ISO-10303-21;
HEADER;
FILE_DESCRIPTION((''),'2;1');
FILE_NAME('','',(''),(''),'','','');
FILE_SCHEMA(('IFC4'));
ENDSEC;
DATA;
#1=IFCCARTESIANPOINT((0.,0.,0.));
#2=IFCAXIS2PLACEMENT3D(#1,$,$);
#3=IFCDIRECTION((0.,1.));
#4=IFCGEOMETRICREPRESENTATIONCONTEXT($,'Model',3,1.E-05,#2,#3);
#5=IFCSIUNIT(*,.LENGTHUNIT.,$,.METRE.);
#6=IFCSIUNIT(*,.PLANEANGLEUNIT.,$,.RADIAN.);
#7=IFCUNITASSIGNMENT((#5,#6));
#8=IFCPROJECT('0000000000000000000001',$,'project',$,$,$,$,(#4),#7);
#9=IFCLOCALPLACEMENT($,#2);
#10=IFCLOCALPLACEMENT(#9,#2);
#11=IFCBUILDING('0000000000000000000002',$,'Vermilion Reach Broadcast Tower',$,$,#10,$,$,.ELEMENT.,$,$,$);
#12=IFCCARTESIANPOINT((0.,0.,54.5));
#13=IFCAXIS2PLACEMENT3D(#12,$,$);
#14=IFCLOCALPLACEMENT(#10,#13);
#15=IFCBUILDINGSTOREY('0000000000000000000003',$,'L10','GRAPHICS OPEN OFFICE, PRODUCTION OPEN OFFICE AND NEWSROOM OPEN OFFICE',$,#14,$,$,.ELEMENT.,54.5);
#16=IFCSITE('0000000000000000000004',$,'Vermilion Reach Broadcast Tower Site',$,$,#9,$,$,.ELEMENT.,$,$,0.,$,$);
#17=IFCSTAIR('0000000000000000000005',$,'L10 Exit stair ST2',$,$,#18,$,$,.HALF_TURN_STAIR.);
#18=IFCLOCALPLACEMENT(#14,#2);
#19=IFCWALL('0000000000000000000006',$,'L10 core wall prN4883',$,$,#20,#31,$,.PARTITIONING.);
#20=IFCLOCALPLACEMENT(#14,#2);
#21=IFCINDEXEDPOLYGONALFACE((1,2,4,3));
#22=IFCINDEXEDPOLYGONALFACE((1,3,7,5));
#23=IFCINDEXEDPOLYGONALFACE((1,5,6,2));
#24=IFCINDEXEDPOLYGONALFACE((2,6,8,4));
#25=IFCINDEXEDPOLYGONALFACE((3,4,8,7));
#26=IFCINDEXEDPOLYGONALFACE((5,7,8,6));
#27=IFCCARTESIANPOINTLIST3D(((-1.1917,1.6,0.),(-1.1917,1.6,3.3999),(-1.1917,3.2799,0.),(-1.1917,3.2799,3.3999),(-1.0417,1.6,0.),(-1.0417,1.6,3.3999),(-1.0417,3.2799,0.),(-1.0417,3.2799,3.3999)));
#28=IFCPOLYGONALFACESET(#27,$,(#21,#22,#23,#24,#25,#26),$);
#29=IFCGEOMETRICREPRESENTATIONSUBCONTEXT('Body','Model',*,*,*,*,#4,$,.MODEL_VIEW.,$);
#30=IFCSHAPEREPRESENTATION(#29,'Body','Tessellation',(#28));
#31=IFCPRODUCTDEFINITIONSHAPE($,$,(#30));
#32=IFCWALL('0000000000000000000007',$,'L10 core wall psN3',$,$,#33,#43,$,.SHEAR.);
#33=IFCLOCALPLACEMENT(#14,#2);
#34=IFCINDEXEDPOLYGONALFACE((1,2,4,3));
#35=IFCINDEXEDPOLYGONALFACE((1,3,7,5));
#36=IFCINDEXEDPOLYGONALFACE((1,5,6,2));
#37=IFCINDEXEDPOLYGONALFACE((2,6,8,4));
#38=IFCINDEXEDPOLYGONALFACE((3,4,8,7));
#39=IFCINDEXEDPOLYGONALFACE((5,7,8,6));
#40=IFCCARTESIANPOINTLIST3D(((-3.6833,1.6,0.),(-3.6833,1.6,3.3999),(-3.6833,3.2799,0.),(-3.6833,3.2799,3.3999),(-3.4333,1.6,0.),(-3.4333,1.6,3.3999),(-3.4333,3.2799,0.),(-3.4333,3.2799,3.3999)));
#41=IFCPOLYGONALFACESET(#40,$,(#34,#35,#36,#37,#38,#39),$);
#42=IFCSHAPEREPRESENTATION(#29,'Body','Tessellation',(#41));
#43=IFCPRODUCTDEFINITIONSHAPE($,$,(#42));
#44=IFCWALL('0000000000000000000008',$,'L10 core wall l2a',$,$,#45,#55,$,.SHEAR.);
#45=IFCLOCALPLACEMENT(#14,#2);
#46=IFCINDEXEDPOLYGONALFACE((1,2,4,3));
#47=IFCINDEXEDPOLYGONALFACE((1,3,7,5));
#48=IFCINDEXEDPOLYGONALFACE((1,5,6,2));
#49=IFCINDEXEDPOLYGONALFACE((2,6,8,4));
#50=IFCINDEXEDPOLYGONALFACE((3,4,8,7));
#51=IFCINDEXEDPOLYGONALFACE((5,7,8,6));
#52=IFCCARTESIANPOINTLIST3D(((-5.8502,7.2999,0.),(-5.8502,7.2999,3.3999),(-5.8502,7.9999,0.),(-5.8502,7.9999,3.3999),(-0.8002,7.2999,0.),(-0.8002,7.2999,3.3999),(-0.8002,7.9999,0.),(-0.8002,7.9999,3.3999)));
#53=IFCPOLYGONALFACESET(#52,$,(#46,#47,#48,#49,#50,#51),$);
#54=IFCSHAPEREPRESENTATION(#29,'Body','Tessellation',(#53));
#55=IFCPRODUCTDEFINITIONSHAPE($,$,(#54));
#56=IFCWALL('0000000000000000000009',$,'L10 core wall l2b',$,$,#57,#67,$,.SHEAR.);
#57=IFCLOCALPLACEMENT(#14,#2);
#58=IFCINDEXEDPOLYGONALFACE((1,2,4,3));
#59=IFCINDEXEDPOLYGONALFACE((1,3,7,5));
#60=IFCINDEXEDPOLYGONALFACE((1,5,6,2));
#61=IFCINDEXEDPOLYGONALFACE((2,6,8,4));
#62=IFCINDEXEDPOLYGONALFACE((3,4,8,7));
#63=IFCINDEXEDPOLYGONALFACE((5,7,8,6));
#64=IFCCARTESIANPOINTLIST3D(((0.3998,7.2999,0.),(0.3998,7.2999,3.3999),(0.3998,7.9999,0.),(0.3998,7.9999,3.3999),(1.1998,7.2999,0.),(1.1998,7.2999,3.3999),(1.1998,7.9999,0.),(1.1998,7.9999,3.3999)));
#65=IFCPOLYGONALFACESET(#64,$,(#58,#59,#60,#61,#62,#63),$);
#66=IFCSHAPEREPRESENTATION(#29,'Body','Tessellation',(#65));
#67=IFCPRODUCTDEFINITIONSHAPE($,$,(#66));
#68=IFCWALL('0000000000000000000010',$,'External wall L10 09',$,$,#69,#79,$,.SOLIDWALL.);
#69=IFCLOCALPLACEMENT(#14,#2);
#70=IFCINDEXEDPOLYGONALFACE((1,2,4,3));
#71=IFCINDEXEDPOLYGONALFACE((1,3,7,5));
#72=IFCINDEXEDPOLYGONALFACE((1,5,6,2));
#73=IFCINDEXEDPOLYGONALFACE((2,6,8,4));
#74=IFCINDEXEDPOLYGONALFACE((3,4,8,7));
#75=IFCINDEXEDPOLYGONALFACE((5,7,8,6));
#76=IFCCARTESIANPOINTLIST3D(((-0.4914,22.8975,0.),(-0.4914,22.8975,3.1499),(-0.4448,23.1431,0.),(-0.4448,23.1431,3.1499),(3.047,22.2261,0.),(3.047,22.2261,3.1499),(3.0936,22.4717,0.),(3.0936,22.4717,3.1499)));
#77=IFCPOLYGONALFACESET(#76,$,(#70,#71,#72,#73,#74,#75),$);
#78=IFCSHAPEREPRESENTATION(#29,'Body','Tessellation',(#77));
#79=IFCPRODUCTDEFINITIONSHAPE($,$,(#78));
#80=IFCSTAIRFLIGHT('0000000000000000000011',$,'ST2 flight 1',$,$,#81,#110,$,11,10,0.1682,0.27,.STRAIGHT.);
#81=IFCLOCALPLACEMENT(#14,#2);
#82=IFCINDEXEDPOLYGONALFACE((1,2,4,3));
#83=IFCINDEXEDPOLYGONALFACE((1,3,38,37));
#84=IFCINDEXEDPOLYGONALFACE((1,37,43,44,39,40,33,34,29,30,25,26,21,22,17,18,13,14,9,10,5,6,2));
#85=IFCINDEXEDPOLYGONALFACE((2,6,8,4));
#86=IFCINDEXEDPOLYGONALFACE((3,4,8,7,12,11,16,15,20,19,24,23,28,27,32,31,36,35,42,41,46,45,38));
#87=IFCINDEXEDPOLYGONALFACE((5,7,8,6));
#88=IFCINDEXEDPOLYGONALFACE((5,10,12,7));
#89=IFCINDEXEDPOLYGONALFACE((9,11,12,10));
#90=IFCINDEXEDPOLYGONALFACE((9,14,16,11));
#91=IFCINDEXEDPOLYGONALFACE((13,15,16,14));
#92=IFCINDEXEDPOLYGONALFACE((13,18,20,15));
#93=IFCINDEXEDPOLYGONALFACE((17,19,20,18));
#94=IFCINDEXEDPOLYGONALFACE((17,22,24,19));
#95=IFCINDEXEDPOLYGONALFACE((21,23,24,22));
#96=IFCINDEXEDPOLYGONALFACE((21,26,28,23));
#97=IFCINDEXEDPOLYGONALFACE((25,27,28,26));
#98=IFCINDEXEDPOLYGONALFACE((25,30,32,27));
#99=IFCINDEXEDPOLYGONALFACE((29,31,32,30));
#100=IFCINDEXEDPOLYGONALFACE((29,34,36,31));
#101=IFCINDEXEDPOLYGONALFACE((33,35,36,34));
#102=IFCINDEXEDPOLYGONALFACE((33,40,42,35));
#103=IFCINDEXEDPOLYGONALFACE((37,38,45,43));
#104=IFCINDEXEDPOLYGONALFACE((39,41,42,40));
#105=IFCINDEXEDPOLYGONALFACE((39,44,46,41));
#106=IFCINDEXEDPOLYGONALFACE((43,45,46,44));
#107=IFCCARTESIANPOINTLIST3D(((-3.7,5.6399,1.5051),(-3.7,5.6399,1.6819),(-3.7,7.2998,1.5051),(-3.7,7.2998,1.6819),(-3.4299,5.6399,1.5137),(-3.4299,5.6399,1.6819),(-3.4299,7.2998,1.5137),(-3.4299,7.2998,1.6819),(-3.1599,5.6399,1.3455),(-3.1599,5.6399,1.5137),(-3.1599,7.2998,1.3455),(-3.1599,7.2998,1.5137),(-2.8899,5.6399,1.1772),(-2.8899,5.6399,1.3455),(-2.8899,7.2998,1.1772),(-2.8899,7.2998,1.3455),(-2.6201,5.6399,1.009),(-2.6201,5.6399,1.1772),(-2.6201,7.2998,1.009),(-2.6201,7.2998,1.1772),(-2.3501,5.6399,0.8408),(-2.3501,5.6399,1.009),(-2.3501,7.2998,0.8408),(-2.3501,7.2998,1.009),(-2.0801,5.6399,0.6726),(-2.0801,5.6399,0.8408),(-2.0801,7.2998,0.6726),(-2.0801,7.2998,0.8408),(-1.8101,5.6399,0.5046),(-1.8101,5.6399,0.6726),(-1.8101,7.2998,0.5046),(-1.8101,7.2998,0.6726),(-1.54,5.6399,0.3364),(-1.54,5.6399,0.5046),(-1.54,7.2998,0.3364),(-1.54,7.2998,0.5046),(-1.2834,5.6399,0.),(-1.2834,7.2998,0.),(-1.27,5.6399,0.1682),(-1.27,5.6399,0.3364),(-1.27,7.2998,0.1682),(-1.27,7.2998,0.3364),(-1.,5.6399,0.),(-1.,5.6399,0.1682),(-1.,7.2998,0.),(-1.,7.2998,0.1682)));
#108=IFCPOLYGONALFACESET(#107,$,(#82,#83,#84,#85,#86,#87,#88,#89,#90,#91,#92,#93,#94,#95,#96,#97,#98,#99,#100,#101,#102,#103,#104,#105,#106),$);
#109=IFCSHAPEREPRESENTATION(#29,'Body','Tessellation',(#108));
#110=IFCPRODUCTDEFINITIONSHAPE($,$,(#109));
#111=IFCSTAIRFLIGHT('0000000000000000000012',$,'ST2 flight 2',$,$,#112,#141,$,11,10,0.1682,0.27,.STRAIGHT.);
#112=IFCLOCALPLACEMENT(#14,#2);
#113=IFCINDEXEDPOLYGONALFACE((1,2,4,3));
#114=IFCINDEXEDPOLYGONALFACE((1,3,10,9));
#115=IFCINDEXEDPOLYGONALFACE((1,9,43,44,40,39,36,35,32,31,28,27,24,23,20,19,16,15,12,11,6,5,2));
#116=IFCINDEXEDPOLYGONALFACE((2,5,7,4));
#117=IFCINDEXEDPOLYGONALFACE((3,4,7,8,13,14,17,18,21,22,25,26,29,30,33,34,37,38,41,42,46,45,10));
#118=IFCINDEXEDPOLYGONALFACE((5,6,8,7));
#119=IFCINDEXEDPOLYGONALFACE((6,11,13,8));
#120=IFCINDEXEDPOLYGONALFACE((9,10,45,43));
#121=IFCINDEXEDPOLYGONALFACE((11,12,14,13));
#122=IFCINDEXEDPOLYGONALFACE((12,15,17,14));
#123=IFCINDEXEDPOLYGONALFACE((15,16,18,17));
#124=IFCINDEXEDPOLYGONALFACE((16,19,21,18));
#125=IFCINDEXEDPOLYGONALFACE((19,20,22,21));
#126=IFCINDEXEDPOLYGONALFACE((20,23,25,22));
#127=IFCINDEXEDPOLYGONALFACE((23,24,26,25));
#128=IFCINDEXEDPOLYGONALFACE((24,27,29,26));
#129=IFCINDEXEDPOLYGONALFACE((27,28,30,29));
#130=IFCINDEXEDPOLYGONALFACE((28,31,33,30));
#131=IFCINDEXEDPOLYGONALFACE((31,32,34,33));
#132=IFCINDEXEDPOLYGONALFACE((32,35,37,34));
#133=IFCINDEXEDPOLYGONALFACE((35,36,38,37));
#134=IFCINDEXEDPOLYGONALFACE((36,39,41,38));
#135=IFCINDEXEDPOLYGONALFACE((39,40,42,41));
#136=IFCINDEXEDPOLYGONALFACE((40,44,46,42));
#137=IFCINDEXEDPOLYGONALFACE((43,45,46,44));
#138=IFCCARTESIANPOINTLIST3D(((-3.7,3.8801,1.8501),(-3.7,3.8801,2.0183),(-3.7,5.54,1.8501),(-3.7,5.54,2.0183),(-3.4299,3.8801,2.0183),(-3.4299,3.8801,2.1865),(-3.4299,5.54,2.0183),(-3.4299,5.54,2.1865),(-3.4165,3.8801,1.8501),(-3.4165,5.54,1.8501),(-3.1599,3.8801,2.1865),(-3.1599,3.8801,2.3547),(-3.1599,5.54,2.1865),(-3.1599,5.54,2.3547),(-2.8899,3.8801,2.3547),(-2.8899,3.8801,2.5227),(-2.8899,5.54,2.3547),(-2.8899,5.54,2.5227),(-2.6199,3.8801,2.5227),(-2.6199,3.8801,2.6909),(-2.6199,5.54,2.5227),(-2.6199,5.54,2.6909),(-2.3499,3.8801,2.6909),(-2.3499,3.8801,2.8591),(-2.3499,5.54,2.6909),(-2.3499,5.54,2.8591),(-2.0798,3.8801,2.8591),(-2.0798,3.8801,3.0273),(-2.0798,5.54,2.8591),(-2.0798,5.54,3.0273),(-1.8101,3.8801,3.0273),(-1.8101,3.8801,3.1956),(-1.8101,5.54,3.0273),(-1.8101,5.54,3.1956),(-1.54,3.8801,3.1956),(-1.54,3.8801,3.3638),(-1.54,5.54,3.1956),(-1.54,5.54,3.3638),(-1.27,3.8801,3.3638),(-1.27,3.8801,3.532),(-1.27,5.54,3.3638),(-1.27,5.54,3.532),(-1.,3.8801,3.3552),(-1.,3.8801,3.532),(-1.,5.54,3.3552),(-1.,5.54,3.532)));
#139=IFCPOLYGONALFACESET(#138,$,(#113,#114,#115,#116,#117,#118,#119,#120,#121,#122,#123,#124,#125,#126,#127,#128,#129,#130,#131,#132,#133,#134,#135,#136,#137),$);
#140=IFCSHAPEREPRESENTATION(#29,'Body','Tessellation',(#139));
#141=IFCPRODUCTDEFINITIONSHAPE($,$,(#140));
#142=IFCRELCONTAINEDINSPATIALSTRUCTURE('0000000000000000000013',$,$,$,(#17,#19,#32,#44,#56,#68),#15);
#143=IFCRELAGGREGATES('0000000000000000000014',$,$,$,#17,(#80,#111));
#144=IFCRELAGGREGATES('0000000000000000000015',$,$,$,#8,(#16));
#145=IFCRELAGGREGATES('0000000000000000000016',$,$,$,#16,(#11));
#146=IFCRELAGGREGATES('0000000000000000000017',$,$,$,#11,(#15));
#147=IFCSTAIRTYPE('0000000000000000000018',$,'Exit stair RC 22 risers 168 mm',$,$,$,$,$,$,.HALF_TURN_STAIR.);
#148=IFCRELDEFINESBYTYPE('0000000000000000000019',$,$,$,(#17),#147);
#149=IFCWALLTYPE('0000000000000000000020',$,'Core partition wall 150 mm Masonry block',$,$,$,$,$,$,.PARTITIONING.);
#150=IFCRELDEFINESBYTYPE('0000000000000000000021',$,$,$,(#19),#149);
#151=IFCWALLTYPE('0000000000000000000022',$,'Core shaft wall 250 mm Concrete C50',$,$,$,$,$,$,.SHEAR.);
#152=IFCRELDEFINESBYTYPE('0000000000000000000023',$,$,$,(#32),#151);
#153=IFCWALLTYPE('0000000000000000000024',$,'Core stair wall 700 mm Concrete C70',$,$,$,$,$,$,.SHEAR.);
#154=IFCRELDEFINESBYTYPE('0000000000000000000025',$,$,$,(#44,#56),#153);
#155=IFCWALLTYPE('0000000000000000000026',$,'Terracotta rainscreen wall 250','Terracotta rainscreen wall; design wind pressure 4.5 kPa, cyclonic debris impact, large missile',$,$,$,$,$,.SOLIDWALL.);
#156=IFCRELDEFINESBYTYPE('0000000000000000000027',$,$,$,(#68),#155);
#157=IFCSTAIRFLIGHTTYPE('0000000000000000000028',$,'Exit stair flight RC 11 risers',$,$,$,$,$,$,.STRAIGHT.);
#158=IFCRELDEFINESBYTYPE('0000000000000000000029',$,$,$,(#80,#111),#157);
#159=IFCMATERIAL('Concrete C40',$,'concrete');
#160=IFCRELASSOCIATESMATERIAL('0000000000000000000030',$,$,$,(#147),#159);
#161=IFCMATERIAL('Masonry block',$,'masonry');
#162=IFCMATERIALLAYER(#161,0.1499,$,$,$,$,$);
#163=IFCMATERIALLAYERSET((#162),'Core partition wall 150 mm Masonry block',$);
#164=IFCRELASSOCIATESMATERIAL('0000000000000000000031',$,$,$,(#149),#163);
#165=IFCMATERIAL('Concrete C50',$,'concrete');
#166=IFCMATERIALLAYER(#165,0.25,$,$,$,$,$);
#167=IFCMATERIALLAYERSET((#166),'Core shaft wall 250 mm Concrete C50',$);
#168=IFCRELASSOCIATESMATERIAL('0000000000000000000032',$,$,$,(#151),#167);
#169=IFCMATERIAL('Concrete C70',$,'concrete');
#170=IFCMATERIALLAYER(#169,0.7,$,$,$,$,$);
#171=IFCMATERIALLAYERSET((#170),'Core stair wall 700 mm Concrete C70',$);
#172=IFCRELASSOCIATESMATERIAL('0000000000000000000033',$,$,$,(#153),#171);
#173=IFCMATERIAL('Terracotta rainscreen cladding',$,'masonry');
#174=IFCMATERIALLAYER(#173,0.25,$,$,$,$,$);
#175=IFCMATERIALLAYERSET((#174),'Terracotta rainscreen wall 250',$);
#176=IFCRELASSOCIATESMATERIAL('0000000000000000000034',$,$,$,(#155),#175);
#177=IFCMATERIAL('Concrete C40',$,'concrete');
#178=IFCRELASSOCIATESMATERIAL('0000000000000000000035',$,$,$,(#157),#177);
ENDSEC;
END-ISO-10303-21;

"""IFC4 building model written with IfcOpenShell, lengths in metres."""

from ifc_helpers import new_model, si_unit, direction, frame, frame_2d, origin, place, context, subcontext, project, spatial, polyline, rectangle, outline, extrude, material, layer, layer_set, type_object, element, aggregate, save


model = new_model("IFC4")

# Units and contexts
model_context = context("Model", 3, precision=1e-05, world=origin(), true_north=direction((0.0, 1.0)))
body_context = subcontext(model_context, "Body", "Model", "MODEL_VIEW")
ifc_project = project(units=[si_unit("LENGTHUNIT", "METRE"), si_unit("PLANEANGLEUNIT", "RADIAN")], contexts=[model_context])

# Site, building, storey
site_placement = place(None, origin())
site = spatial("IfcSite", under=ifc_project, at=site_placement, Name="Vermilion Reach Broadcast Tower Site", CompositionType="ELEMENT", RefElevation=0.0)
building_placement = place(site_placement, origin())
building = spatial("IfcBuilding", under=site, at=building_placement, Name="Vermilion Reach Broadcast Tower", CompositionType="ELEMENT")
storey_placement = place(building_placement, frame((0.0, 0.0, 54.5)))
storey = spatial("IfcBuildingStorey", under=building, at=storey_placement, Name="L10", Description="GRAPHICS OPEN OFFICE, PRODUCTION OPEN OFFICE AND NEWSROOM OPEN OFFICE", CompositionType="ELEMENT", Elevation=54.5)

# Shared definitions
placement_1 = place(storey_placement, origin())

# Stair
ifc_material_1 = material(Name="Concrete C40", Category="concrete")
stair_type = type_object("IfcStairType", Name="Exit stair RC 22 risers 168 mm", PredefinedType="HALF_TURN_STAIR", material=ifc_material_1)
stair_1 = element("IfcStair", 1, at=placement_1, inside=storey, type_object=stair_type, Name="L10 Exit stair ST2", PredefinedType="HALF_TURN_STAIR")

# Walls
ifc_material_2 = material(Name="Masonry block", Category="masonry")
ifc_layer_1 = layer(ifc_material_2, 0.1499)
ifc_layer_set_1 = layer_set([ifc_layer_1], Name="Core partition wall 150 mm Masonry block")
wall_type_1 = type_object("IfcWallType", Name="Core partition wall 150 mm Masonry block", PredefinedType="PARTITIONING", material=ifc_layer_set_1)
wall_1_placement = place(storey_placement, frame((-1.1167, 1.6001, 0.0), z_axis=(0.0, 0.0, 1.0), x_axis=(0.0, 1.0, 0.0)))
element("IfcWall", 2, at=wall_1_placement, inside=storey, type_object=wall_type_1, Name="L10 core wall prN4883", PredefinedType="PARTITIONING", context=body_context, shape_type="SweptSolid", body=[
    extrude(rectangle(XDim=1.6799, YDim=0.1499, at=frame_2d((0.8398, 0.0))), origin(), (0.0, 0.0, 1.0), 3.3999),
])
ifc_material_3 = material(Name="Concrete C50", Category="concrete")
ifc_layer_2 = layer(ifc_material_3, 0.25)
ifc_layer_set_2 = layer_set([ifc_layer_2], Name="Core shaft wall 250 mm Concrete C50")
wall_type_2 = type_object("IfcWallType", Name="Core shaft wall 250 mm Concrete C50", PredefinedType="SHEAR", material=ifc_layer_set_2)
wall_2_placement = place(storey_placement, frame((-3.5583, 1.6001, 0.0), z_axis=(0.0, 0.0, 1.0), x_axis=(0.0, 1.0, 0.0)))
element("IfcWall", 3, at=wall_2_placement, inside=storey, type_object=wall_type_2, Name="L10 core wall psN3", PredefinedType="SHEAR", context=body_context, shape_type="SweptSolid", body=[
    extrude(rectangle(XDim=1.6799, YDim=0.25, at=frame_2d((0.8398, 0.0))), origin(), (0.0, 0.0, 1.0), 3.3999),
])
ifc_material_4 = material(Name="Concrete C70", Category="concrete")
ifc_layer_3 = layer(ifc_material_4, 0.7)
ifc_layer_set_3 = layer_set([ifc_layer_3], Name="Core stair wall 700 mm Concrete C70")
wall_type_3 = type_object("IfcWallType", Name="Core stair wall 700 mm Concrete C70", PredefinedType="SHEAR", material=ifc_layer_set_3)
wall_3_placement = place(storey_placement, frame((-5.8501, 7.6499, 0.0), z_axis=(0.0, 0.0, 1.0), x_axis=(1.0, 0.0, 0.0)))
element("IfcWall", 4, at=wall_3_placement, inside=storey, type_object=wall_type_3, Name="L10 core wall l2a", PredefinedType="SHEAR", context=body_context, shape_type="SweptSolid", body=[
    extrude(rectangle(XDim=5.05, YDim=0.7, at=frame_2d((2.5249, 0.0))), origin(), (0.0, 0.0, 1.0), 3.3999),
])
wall_4_placement = place(storey_placement, frame((0.3999, 7.6499, 0.0), z_axis=(0.0, 0.0, 1.0), x_axis=(1.0, 0.0, 0.0)))
element("IfcWall", 5, at=wall_4_placement, inside=storey, type_object=wall_type_3, Name="L10 core wall l2b", PredefinedType="SHEAR", context=body_context, shape_type="SweptSolid", body=[
    extrude(rectangle(XDim=0.8, YDim=0.7, at=frame_2d((0.3999, 0.0))), origin(), (0.0, 0.0, 1.0), 3.3999),
])
ifc_material_5 = material(Name="Terracotta rainscreen cladding", Category="masonry")
ifc_layer_4 = layer(ifc_material_5, 0.25)
ifc_layer_set_4 = layer_set([ifc_layer_4], Name="Terracotta rainscreen wall 250")
wall_type_4 = type_object("IfcWallType", Name="Terracotta rainscreen wall 250", Description="Terracotta rainscreen wall; design wind pressure 4.5 kPa, cyclonic debris impact, large missile", PredefinedType="SOLIDWALL", material=ifc_layer_set_4)
wall_5_placement = place(storey_placement, frame((3.0703, 22.3489, 0.0), z_axis=(0.0, 0.0, 1.0), x_axis=(-0.98247, 0.186421, 0.0)))
element("IfcWall", 6, at=wall_5_placement, inside=storey, type_object=wall_type_4, Name="External wall L10 09", PredefinedType="SOLIDWALL", context=body_context, shape_type="SweptSolid", body=[
    extrude(rectangle(XDim=3.6016, YDim=0.25, at=frame_2d((1.8008, 0.0))), origin(), (0.0, 0.0, 1.0), 3.1499),
])

# Stair flights
ifc_material_6 = material(Name="Concrete C40", Category="concrete")
stair_flight_type = type_object("IfcStairFlightType", Name="Exit stair flight RC 11 risers", PredefinedType="STRAIGHT", material=ifc_material_6)
stair_flight_1_placement = place(storey_placement, frame((-1.0, 6.47, 0.0), z_axis=(0.0, 0.0, 1.0), x_axis=(-1.0, 0.0, 0.0)))
stair_flight_1 = element("IfcStairFlight", 7, at=stair_flight_1_placement, type_object=stair_flight_type, Name="ST2 flight 1", NumberOfRisers=11, NumberOfTreads=10, PredefinedType="STRAIGHT", RiserHeight=0.1682, TreadLength=0.27, context=body_context, shape_type="SweptSolid", body=[
    extrude(outline(polyline([(0.0, 0.0), (0.0, 0.1682), (0.27, 0.1682), (0.27, 0.3364), (0.54, 0.3364), (0.54, 0.5046), (0.8101, 0.5046), (0.8101, 0.6726), (1.0801, 0.6726), (1.0801, 0.8408), (1.3501, 0.8408), (1.3501, 1.009), (1.6201, 1.009), (1.6201, 1.1772), (1.8899, 1.1772), (1.8899, 1.3455), (2.1599, 1.3455), (2.1599, 1.5137), (2.4299, 1.5137), (2.4299, 1.6819), (2.7, 1.6819), (2.7, 1.8501), (2.7, 1.5051), (0.2834, 0.0), (0.0, 0.0)])), frame((0.0, 0.8301, 0.0), z_axis=(0.0, -1.0, 0.0), x_axis=(1.0, 0.0, 0.0)), (0.0, 0.0, 1.0), 1.6599),
])
stair_flight_2_placement = place(storey_placement, frame((-3.7, 4.71, 1.8501), z_axis=(0.0, 0.0, 1.0), x_axis=(1.0, 0.0, 0.0)))
stair_flight_2 = element("IfcStairFlight", 8, at=stair_flight_2_placement, type_object=stair_flight_type, Name="ST2 flight 2", NumberOfRisers=11, NumberOfTreads=10, PredefinedType="STRAIGHT", RiserHeight=0.1682, TreadLength=0.27, context=body_context, shape_type="SweptSolid", body=[
    extrude(outline(polyline([(0.0, 0.0), (0.0, 0.1682), (0.27, 0.1682), (0.27, 0.3364), (0.54, 0.3364), (0.54, 0.5046), (0.8101, 0.5046), (0.8101, 0.6726), (1.0801, 0.6726), (1.0801, 0.8408), (1.3501, 0.8408), (1.3501, 1.009), (1.6201, 1.009), (1.6201, 1.1772), (1.8899, 1.1772), (1.8899, 1.3455), (2.1599, 1.3455), (2.1599, 1.5137), (2.4299, 1.5137), (2.4299, 1.6819), (2.7, 1.6819), (2.7, 1.8501), (2.7, 1.5051), (0.2834, 0.0), (0.0, 0.0)])), frame((0.0, 0.8301, 0.0), z_axis=(0.0, -1.0, 0.0), x_axis=(1.0, 0.0, 0.0)), (0.0, 0.0, 1.0), 1.6599),
])
aggregate(stair_1, [stair_flight_1, stair_flight_2])

save(model, "model.ifc")
